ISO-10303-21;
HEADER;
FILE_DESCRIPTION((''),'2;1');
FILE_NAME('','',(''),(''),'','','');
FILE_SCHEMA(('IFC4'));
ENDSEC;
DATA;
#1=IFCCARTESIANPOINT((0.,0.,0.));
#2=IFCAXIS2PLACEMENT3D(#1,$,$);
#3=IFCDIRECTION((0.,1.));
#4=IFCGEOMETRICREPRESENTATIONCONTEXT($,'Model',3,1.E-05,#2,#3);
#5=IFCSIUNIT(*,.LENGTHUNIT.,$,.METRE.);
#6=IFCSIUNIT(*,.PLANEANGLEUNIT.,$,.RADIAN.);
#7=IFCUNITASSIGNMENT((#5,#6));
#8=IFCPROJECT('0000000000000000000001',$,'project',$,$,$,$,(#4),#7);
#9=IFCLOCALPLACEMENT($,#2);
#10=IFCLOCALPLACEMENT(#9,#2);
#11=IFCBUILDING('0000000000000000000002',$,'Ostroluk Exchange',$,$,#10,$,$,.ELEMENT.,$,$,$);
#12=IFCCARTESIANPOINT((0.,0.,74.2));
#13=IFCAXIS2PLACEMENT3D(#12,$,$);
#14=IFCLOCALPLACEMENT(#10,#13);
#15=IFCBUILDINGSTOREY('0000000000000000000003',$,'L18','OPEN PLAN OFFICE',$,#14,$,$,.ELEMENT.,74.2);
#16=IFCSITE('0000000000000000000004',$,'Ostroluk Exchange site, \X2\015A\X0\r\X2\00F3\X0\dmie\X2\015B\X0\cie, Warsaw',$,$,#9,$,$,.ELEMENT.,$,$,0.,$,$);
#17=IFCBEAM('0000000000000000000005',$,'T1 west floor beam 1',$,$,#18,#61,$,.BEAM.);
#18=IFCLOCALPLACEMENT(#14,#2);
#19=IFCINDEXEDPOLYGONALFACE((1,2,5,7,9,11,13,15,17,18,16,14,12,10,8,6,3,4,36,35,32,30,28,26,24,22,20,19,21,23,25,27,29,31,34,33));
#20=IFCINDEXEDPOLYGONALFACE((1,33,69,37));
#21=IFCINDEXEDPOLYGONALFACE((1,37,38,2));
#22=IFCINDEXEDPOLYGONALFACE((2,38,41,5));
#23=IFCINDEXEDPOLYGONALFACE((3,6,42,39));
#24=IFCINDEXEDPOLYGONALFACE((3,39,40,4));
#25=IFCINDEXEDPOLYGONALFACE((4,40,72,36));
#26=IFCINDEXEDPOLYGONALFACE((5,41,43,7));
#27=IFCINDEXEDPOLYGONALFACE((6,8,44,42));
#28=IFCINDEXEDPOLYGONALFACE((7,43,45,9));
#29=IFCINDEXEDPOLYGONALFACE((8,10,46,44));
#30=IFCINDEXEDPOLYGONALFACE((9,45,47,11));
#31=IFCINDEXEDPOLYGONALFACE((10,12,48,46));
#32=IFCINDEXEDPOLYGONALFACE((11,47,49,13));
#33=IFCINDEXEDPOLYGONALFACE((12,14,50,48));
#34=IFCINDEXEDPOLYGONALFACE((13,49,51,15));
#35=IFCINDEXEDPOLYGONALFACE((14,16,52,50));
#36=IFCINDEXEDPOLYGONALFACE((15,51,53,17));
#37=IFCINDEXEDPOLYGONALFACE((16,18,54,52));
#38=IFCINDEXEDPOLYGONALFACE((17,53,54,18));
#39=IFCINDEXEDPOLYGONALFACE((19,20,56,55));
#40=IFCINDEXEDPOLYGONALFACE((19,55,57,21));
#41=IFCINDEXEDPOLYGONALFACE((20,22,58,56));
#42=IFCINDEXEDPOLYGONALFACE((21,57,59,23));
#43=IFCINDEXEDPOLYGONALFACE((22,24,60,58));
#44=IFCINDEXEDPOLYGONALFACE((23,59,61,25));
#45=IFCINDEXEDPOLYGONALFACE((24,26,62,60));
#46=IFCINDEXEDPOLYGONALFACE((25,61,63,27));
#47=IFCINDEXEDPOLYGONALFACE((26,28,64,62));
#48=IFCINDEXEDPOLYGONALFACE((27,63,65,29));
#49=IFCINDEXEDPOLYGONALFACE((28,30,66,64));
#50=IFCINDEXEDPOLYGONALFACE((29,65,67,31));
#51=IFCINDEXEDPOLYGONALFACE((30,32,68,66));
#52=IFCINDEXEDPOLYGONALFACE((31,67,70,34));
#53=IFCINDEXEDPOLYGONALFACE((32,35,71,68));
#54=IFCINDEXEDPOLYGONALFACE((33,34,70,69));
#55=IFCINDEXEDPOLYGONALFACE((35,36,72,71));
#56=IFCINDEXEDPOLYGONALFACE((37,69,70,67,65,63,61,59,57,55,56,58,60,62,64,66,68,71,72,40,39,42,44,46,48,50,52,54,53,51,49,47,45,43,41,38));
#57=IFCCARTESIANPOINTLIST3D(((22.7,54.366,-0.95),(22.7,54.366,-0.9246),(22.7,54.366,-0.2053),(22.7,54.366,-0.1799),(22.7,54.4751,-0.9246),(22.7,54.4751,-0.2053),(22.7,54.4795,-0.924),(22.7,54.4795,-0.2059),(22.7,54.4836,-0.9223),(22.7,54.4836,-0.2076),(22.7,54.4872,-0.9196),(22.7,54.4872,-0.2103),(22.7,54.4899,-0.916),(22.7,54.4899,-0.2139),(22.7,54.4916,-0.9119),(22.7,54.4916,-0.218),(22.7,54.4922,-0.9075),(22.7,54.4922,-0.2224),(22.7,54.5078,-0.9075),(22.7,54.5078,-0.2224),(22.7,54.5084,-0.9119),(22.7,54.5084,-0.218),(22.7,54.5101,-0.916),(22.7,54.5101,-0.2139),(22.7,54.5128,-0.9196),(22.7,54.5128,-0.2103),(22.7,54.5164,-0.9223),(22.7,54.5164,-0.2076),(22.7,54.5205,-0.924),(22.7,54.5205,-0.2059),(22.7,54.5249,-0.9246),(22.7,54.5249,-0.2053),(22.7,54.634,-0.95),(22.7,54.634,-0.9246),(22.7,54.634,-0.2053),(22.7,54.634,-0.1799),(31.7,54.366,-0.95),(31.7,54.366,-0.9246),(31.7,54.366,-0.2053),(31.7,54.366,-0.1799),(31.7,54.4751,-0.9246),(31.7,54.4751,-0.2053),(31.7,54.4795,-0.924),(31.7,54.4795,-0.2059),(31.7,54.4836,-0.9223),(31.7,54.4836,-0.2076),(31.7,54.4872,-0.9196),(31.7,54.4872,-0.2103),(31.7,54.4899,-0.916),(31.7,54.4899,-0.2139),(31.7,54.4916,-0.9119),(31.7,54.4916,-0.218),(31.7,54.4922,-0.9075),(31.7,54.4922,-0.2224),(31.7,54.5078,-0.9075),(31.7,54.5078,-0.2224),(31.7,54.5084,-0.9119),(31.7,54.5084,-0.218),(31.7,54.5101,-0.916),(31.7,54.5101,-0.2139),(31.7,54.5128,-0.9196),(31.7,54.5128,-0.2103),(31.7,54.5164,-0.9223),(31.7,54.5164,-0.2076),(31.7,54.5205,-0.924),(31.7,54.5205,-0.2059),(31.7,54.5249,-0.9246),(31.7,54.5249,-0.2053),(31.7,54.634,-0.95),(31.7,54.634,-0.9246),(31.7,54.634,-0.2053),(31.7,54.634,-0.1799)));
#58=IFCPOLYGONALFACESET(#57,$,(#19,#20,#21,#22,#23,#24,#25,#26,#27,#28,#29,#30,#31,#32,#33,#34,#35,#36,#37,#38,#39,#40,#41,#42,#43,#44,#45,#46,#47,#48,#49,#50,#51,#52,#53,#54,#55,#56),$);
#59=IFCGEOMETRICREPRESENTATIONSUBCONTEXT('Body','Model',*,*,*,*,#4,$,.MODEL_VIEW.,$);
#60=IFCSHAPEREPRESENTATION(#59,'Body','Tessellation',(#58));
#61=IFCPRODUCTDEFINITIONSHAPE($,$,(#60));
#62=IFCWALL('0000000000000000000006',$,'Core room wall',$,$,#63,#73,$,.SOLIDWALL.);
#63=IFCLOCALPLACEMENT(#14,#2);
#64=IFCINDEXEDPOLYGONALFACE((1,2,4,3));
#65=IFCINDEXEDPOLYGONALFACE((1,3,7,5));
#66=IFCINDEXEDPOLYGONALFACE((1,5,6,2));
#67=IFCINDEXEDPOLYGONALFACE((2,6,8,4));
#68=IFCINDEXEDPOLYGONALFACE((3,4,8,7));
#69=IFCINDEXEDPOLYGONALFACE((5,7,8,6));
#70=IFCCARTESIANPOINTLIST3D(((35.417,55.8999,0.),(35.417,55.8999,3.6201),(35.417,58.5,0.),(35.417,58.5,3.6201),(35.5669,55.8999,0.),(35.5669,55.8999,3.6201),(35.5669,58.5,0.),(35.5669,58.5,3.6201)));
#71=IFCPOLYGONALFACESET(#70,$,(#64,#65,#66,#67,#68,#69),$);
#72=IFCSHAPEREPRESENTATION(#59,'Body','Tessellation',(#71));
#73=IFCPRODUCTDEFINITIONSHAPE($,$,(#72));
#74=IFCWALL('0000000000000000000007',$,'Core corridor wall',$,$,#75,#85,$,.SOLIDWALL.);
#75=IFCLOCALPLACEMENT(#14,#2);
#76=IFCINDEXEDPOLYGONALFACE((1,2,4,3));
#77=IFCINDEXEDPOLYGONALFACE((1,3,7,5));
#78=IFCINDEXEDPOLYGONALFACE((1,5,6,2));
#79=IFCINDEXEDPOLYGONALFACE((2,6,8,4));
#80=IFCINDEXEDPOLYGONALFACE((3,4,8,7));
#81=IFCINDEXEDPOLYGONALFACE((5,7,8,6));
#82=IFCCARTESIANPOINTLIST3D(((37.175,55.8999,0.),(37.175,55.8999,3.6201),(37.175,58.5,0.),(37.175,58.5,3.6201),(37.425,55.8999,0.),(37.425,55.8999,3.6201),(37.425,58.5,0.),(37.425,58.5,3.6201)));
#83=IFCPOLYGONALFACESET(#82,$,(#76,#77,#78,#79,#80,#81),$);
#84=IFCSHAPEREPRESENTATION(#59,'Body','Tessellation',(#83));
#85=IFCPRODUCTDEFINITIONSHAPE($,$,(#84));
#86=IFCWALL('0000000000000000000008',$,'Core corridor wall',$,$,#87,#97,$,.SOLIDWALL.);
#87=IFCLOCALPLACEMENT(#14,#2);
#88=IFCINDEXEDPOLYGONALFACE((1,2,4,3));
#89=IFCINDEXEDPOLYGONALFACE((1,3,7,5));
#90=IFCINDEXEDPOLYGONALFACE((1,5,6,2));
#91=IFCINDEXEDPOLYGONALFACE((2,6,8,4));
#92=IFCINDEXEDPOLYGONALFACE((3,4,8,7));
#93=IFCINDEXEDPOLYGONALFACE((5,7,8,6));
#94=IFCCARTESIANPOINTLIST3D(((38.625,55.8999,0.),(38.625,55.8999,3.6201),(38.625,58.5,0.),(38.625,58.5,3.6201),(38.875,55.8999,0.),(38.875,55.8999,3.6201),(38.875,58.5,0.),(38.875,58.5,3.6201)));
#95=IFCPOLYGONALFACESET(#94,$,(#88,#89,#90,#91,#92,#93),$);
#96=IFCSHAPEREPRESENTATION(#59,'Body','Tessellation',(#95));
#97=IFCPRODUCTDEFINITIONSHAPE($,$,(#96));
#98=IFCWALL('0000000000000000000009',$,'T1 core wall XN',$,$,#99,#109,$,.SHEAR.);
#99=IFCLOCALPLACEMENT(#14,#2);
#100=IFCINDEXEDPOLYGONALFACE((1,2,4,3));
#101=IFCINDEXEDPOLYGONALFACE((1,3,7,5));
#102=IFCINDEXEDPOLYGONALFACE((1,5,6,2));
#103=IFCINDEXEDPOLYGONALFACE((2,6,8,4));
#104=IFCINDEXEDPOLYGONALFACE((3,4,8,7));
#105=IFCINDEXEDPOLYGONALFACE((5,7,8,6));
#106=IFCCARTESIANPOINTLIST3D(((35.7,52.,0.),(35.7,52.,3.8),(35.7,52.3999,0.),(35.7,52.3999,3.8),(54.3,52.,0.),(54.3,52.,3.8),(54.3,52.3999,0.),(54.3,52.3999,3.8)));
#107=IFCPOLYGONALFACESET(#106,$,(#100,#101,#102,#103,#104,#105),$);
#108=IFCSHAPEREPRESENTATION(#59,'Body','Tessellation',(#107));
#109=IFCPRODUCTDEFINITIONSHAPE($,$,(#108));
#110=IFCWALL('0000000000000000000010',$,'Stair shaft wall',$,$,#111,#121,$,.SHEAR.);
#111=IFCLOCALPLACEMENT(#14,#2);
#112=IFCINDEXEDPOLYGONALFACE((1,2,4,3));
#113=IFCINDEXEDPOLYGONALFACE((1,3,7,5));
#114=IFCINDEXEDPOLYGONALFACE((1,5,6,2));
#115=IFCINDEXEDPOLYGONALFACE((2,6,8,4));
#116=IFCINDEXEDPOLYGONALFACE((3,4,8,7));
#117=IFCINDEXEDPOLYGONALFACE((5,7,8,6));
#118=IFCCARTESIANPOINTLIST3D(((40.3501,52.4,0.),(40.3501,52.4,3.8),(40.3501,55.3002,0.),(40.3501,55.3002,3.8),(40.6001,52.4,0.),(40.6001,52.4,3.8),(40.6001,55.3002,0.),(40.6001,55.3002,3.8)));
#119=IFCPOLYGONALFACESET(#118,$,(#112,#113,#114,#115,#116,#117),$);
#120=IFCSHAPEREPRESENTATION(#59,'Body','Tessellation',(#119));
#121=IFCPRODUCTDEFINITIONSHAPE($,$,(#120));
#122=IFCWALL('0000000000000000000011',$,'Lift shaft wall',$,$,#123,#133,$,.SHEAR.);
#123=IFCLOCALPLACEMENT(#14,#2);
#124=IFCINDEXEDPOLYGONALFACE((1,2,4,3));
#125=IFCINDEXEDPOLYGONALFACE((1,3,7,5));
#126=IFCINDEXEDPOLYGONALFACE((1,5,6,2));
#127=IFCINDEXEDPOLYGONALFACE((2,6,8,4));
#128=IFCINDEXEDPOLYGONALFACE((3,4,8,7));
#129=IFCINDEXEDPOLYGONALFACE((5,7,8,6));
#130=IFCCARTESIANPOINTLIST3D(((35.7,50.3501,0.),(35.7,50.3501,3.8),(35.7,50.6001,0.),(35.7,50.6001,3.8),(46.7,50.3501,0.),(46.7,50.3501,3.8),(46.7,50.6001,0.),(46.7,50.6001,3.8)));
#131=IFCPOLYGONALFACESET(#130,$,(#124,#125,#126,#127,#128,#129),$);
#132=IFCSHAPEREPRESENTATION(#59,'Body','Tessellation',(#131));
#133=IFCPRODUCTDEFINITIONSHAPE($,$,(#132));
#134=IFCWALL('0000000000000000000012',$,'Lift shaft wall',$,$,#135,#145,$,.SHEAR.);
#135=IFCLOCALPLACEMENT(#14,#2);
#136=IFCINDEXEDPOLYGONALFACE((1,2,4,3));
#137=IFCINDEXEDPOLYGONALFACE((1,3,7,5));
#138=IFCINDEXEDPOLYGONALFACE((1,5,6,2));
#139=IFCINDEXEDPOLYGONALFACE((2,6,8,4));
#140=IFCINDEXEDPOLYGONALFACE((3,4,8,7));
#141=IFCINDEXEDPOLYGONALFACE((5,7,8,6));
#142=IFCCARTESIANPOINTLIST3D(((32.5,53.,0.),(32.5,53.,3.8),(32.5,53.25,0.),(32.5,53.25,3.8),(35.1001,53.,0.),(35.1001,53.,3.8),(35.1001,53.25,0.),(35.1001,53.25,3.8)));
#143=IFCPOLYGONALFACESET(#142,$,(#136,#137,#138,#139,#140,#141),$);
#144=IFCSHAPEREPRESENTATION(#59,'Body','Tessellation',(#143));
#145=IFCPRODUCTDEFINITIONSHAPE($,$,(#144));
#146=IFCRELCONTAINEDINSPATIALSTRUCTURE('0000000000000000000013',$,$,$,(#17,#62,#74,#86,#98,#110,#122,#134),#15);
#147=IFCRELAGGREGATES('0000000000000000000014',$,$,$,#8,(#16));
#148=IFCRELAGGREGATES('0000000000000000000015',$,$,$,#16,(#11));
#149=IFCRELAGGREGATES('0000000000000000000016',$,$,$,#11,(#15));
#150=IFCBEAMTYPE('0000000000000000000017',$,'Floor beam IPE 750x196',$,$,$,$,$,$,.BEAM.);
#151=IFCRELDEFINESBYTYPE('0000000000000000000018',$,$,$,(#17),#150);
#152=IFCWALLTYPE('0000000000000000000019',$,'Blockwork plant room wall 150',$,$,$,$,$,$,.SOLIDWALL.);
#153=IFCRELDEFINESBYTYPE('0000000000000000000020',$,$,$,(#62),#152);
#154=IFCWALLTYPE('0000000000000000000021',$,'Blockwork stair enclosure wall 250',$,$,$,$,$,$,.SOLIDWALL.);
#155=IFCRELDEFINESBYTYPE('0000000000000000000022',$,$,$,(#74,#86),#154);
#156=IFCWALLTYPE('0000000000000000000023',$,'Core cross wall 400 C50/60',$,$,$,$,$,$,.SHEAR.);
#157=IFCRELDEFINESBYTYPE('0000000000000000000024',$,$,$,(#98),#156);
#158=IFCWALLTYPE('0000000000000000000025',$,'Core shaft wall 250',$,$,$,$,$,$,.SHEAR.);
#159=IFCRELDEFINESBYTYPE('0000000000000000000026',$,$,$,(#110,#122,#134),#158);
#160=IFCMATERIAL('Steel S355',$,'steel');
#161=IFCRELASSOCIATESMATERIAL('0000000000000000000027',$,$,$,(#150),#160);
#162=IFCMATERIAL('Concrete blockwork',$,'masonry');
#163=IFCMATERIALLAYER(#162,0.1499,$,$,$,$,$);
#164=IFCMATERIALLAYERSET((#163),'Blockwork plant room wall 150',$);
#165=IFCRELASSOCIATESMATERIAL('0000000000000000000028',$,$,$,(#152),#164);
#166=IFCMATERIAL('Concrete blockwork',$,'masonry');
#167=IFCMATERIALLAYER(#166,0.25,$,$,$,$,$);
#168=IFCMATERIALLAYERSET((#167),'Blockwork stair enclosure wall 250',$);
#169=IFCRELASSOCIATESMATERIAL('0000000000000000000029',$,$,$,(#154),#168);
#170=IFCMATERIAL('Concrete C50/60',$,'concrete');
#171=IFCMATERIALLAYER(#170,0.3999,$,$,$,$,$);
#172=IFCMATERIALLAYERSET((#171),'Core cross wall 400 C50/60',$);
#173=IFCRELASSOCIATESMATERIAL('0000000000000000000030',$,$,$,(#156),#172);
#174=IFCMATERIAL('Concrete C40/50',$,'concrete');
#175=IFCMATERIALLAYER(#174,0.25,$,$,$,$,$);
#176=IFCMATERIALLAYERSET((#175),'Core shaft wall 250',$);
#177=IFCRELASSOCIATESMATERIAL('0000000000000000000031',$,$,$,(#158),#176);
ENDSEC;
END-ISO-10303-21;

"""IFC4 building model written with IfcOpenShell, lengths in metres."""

from ifc_helpers import new_model, si_unit, direction, frame, frame_2d, origin, origin_2d, place, context, subcontext, project, spatial, rectangle, i_section, extrude, material, layer, layer_set, material_profile, profile_set, type_object, element, save


model = new_model("IFC4")

# Units and contexts
model_context = context("Model", 3, precision=1e-05, world=origin(), true_north=direction((0.0, 1.0)))
body_context = subcontext(model_context, "Body", "Model", "MODEL_VIEW")
ifc_project = project(units=[si_unit("LENGTHUNIT", "METRE"), si_unit("PLANEANGLEUNIT", "RADIAN")], contexts=[model_context])

# Site, building, storey
site_placement = place(None, origin())
site = spatial("IfcSite", under=ifc_project, at=site_placement, Name="Ostroluk Exchange site, Śródmieście, Warsaw", CompositionType="ELEMENT", RefElevation=0.0)
building_placement = place(site_placement, origin())
building = spatial("IfcBuilding", under=site, at=building_placement, Name="Ostroluk Exchange", CompositionType="ELEMENT")
storey_placement = place(building_placement, frame((0.0, 0.0, 74.2)))
storey = spatial("IfcBuildingStorey", under=building, at=storey_placement, Name="L18", Description="OPEN PLAN OFFICE", CompositionType="ELEMENT", Elevation=74.2)

# Beam
ifc_material_1 = material(Name="Steel S355", Category="steel")
ifc_material_profile = material_profile(ifc_material_1, i_section(OverallWidth=0.2681, OverallDepth=0.77, WebThickness=0.0156, FlangeThickness=0.0254, FilletRadius=0.0171, at=origin_2d()), Name="IPE 750x196")
ifc_profile_set = profile_set([ifc_material_profile], Name="Steel S355")
beam_type = type_object("IfcBeamType", Name="Floor beam IPE 750x196", PredefinedType="BEAM", material=ifc_profile_set)
beam_placement = place(storey_placement, frame((31.7, 54.5, -0.5649), z_axis=(-1.0, 0.0, 0.0), x_axis=(0.0, -1.0, 0.0)))
element("IfcBeam", 1, at=beam_placement, inside=storey, type_object=beam_type, Name="T1 west floor beam 1", PredefinedType="BEAM", context=body_context, shape_type="SweptSolid", body=[
    extrude(i_section(OverallWidth=0.2681, OverallDepth=0.77, WebThickness=0.0156, FlangeThickness=0.0254, FilletRadius=0.0171, at=origin_2d()), origin(), (0.0, 0.0, 1.0), 9.0),
])

# Walls
ifc_material_2 = material(Name="Concrete blockwork", Category="masonry")
ifc_layer_1 = layer(ifc_material_2, 0.1499)
ifc_layer_set_1 = layer_set([ifc_layer_1], Name="Blockwork plant room wall 150")
wall_type_1 = type_object("IfcWallType", Name="Blockwork plant room wall 150", PredefinedType="SOLIDWALL", material=ifc_layer_set_1)
wall_1_placement = place(storey_placement, frame((35.4919, 55.8999, 0.0), z_axis=(0.0, 0.0, 1.0), x_axis=(0.0, 1.0, 0.0)))
element("IfcWall", 2, at=wall_1_placement, inside=storey, type_object=wall_type_1, Name="Core room wall", PredefinedType="SOLIDWALL", context=body_context, shape_type="SweptSolid", body=[
    extrude(rectangle(XDim=2.6001, YDim=0.1499, at=frame_2d((1.3, 0.0))), origin(), (0.0, 0.0, 1.0), 3.6201),
])
ifc_material_3 = material(Name="Concrete blockwork", Category="masonry")
ifc_layer_2 = layer(ifc_material_3, 0.25)
ifc_layer_set_2 = layer_set([ifc_layer_2], Name="Blockwork stair enclosure wall 250")
wall_type_2 = type_object("IfcWallType", Name="Blockwork stair enclosure wall 250", PredefinedType="SOLIDWALL", material=ifc_layer_set_2)
for number, where, z_axis, x_axis, name in (
    (3, (37.3, 55.8999, 0.0), (0.0, 0.0, 1.0), (0.0, 1.0, 0.0), "Core corridor wall"),
    (4, (38.75, 55.8999, 0.0), (0.0, 0.0, 1.0), (0.0, 1.0, 0.0), "Core corridor wall"),
):
    element("IfcWall", number, at=place(storey_placement, frame(where, z_axis=z_axis, x_axis=x_axis)), inside=storey, type_object=wall_type_2, Name=name, PredefinedType="SOLIDWALL", context=body_context, shape_type="SweptSolid", body=[
        extrude(rectangle(XDim=2.6001, YDim=0.25, at=frame_2d((1.3, 0.0))), origin(), (0.0, 0.0, 1.0), 3.6201),
    ])
ifc_material_4 = material(Name="Concrete C50/60", Category="concrete")
ifc_layer_3 = layer(ifc_material_4, 0.3999)
ifc_layer_set_3 = layer_set([ifc_layer_3], Name="Core cross wall 400 C50/60")
wall_type_3 = type_object("IfcWallType", Name="Core cross wall 400 C50/60", PredefinedType="SHEAR", material=ifc_layer_set_3)
wall_2_placement = place(storey_placement, frame((35.7, 52.2, 0.0), z_axis=(0.0, 0.0, 1.0), x_axis=(1.0, 0.0, 0.0)))
element("IfcWall", 5, at=wall_2_placement, inside=storey, type_object=wall_type_3, Name="T1 core wall XN", PredefinedType="SHEAR", context=body_context, shape_type="SweptSolid", body=[
    extrude(rectangle(XDim=18.6001, YDim=0.3999, at=frame_2d((9.3, 0.0))), origin(), (0.0, 0.0, 1.0), 3.8),
])
ifc_material_5 = material(Name="Concrete C40/50", Category="concrete")
ifc_layer_4 = layer(ifc_material_5, 0.25)
ifc_layer_set_4 = layer_set([ifc_layer_4], Name="Core shaft wall 250")
wall_type_4 = type_object("IfcWallType", Name="Core shaft wall 250", PredefinedType="SHEAR", material=ifc_layer_set_4)
wall_3_placement = place(storey_placement, frame((40.4751, 52.3999, 0.0), z_axis=(0.0, 0.0, 1.0), x_axis=(0.0, 1.0, 0.0)))
element("IfcWall", 6, at=wall_3_placement, inside=storey, type_object=wall_type_4, Name="Stair shaft wall", PredefinedType="SHEAR", context=body_context, shape_type="SweptSolid", body=[
    extrude(rectangle(XDim=2.9001, YDim=0.25, at=frame_2d((1.4502, 0.0))), origin(), (0.0, 0.0, 1.0), 3.8),
])
wall_4_placement = place(storey_placement, frame((35.7, 50.4751, 0.0), z_axis=(0.0, 0.0, 1.0), x_axis=(1.0, 0.0, 0.0)))
element("IfcWall", 7, at=wall_4_placement, inside=storey, type_object=wall_type_4, Name="Lift shaft wall", PredefinedType="SHEAR", context=body_context, shape_type="SweptSolid", body=[
    extrude(rectangle(XDim=11.0, YDim=0.25, at=frame_2d((5.5, 0.0))), origin(), (0.0, 0.0, 1.0), 3.8),
])
wall_5_placement = place(storey_placement, frame((32.5, 53.125, 0.0), z_axis=(0.0, 0.0, 1.0), x_axis=(1.0, 0.0, 0.0)))
element("IfcWall", 8, at=wall_5_placement, inside=storey, type_object=wall_type_4, Name="Lift shaft wall", PredefinedType="SHEAR", context=body_context, shape_type="SweptSolid", body=[
    extrude(rectangle(XDim=2.6001, YDim=0.25, at=frame_2d((1.3, 0.0))), origin(), (0.0, 0.0, 1.0), 3.8),
])

save(model, "model.ifc")
